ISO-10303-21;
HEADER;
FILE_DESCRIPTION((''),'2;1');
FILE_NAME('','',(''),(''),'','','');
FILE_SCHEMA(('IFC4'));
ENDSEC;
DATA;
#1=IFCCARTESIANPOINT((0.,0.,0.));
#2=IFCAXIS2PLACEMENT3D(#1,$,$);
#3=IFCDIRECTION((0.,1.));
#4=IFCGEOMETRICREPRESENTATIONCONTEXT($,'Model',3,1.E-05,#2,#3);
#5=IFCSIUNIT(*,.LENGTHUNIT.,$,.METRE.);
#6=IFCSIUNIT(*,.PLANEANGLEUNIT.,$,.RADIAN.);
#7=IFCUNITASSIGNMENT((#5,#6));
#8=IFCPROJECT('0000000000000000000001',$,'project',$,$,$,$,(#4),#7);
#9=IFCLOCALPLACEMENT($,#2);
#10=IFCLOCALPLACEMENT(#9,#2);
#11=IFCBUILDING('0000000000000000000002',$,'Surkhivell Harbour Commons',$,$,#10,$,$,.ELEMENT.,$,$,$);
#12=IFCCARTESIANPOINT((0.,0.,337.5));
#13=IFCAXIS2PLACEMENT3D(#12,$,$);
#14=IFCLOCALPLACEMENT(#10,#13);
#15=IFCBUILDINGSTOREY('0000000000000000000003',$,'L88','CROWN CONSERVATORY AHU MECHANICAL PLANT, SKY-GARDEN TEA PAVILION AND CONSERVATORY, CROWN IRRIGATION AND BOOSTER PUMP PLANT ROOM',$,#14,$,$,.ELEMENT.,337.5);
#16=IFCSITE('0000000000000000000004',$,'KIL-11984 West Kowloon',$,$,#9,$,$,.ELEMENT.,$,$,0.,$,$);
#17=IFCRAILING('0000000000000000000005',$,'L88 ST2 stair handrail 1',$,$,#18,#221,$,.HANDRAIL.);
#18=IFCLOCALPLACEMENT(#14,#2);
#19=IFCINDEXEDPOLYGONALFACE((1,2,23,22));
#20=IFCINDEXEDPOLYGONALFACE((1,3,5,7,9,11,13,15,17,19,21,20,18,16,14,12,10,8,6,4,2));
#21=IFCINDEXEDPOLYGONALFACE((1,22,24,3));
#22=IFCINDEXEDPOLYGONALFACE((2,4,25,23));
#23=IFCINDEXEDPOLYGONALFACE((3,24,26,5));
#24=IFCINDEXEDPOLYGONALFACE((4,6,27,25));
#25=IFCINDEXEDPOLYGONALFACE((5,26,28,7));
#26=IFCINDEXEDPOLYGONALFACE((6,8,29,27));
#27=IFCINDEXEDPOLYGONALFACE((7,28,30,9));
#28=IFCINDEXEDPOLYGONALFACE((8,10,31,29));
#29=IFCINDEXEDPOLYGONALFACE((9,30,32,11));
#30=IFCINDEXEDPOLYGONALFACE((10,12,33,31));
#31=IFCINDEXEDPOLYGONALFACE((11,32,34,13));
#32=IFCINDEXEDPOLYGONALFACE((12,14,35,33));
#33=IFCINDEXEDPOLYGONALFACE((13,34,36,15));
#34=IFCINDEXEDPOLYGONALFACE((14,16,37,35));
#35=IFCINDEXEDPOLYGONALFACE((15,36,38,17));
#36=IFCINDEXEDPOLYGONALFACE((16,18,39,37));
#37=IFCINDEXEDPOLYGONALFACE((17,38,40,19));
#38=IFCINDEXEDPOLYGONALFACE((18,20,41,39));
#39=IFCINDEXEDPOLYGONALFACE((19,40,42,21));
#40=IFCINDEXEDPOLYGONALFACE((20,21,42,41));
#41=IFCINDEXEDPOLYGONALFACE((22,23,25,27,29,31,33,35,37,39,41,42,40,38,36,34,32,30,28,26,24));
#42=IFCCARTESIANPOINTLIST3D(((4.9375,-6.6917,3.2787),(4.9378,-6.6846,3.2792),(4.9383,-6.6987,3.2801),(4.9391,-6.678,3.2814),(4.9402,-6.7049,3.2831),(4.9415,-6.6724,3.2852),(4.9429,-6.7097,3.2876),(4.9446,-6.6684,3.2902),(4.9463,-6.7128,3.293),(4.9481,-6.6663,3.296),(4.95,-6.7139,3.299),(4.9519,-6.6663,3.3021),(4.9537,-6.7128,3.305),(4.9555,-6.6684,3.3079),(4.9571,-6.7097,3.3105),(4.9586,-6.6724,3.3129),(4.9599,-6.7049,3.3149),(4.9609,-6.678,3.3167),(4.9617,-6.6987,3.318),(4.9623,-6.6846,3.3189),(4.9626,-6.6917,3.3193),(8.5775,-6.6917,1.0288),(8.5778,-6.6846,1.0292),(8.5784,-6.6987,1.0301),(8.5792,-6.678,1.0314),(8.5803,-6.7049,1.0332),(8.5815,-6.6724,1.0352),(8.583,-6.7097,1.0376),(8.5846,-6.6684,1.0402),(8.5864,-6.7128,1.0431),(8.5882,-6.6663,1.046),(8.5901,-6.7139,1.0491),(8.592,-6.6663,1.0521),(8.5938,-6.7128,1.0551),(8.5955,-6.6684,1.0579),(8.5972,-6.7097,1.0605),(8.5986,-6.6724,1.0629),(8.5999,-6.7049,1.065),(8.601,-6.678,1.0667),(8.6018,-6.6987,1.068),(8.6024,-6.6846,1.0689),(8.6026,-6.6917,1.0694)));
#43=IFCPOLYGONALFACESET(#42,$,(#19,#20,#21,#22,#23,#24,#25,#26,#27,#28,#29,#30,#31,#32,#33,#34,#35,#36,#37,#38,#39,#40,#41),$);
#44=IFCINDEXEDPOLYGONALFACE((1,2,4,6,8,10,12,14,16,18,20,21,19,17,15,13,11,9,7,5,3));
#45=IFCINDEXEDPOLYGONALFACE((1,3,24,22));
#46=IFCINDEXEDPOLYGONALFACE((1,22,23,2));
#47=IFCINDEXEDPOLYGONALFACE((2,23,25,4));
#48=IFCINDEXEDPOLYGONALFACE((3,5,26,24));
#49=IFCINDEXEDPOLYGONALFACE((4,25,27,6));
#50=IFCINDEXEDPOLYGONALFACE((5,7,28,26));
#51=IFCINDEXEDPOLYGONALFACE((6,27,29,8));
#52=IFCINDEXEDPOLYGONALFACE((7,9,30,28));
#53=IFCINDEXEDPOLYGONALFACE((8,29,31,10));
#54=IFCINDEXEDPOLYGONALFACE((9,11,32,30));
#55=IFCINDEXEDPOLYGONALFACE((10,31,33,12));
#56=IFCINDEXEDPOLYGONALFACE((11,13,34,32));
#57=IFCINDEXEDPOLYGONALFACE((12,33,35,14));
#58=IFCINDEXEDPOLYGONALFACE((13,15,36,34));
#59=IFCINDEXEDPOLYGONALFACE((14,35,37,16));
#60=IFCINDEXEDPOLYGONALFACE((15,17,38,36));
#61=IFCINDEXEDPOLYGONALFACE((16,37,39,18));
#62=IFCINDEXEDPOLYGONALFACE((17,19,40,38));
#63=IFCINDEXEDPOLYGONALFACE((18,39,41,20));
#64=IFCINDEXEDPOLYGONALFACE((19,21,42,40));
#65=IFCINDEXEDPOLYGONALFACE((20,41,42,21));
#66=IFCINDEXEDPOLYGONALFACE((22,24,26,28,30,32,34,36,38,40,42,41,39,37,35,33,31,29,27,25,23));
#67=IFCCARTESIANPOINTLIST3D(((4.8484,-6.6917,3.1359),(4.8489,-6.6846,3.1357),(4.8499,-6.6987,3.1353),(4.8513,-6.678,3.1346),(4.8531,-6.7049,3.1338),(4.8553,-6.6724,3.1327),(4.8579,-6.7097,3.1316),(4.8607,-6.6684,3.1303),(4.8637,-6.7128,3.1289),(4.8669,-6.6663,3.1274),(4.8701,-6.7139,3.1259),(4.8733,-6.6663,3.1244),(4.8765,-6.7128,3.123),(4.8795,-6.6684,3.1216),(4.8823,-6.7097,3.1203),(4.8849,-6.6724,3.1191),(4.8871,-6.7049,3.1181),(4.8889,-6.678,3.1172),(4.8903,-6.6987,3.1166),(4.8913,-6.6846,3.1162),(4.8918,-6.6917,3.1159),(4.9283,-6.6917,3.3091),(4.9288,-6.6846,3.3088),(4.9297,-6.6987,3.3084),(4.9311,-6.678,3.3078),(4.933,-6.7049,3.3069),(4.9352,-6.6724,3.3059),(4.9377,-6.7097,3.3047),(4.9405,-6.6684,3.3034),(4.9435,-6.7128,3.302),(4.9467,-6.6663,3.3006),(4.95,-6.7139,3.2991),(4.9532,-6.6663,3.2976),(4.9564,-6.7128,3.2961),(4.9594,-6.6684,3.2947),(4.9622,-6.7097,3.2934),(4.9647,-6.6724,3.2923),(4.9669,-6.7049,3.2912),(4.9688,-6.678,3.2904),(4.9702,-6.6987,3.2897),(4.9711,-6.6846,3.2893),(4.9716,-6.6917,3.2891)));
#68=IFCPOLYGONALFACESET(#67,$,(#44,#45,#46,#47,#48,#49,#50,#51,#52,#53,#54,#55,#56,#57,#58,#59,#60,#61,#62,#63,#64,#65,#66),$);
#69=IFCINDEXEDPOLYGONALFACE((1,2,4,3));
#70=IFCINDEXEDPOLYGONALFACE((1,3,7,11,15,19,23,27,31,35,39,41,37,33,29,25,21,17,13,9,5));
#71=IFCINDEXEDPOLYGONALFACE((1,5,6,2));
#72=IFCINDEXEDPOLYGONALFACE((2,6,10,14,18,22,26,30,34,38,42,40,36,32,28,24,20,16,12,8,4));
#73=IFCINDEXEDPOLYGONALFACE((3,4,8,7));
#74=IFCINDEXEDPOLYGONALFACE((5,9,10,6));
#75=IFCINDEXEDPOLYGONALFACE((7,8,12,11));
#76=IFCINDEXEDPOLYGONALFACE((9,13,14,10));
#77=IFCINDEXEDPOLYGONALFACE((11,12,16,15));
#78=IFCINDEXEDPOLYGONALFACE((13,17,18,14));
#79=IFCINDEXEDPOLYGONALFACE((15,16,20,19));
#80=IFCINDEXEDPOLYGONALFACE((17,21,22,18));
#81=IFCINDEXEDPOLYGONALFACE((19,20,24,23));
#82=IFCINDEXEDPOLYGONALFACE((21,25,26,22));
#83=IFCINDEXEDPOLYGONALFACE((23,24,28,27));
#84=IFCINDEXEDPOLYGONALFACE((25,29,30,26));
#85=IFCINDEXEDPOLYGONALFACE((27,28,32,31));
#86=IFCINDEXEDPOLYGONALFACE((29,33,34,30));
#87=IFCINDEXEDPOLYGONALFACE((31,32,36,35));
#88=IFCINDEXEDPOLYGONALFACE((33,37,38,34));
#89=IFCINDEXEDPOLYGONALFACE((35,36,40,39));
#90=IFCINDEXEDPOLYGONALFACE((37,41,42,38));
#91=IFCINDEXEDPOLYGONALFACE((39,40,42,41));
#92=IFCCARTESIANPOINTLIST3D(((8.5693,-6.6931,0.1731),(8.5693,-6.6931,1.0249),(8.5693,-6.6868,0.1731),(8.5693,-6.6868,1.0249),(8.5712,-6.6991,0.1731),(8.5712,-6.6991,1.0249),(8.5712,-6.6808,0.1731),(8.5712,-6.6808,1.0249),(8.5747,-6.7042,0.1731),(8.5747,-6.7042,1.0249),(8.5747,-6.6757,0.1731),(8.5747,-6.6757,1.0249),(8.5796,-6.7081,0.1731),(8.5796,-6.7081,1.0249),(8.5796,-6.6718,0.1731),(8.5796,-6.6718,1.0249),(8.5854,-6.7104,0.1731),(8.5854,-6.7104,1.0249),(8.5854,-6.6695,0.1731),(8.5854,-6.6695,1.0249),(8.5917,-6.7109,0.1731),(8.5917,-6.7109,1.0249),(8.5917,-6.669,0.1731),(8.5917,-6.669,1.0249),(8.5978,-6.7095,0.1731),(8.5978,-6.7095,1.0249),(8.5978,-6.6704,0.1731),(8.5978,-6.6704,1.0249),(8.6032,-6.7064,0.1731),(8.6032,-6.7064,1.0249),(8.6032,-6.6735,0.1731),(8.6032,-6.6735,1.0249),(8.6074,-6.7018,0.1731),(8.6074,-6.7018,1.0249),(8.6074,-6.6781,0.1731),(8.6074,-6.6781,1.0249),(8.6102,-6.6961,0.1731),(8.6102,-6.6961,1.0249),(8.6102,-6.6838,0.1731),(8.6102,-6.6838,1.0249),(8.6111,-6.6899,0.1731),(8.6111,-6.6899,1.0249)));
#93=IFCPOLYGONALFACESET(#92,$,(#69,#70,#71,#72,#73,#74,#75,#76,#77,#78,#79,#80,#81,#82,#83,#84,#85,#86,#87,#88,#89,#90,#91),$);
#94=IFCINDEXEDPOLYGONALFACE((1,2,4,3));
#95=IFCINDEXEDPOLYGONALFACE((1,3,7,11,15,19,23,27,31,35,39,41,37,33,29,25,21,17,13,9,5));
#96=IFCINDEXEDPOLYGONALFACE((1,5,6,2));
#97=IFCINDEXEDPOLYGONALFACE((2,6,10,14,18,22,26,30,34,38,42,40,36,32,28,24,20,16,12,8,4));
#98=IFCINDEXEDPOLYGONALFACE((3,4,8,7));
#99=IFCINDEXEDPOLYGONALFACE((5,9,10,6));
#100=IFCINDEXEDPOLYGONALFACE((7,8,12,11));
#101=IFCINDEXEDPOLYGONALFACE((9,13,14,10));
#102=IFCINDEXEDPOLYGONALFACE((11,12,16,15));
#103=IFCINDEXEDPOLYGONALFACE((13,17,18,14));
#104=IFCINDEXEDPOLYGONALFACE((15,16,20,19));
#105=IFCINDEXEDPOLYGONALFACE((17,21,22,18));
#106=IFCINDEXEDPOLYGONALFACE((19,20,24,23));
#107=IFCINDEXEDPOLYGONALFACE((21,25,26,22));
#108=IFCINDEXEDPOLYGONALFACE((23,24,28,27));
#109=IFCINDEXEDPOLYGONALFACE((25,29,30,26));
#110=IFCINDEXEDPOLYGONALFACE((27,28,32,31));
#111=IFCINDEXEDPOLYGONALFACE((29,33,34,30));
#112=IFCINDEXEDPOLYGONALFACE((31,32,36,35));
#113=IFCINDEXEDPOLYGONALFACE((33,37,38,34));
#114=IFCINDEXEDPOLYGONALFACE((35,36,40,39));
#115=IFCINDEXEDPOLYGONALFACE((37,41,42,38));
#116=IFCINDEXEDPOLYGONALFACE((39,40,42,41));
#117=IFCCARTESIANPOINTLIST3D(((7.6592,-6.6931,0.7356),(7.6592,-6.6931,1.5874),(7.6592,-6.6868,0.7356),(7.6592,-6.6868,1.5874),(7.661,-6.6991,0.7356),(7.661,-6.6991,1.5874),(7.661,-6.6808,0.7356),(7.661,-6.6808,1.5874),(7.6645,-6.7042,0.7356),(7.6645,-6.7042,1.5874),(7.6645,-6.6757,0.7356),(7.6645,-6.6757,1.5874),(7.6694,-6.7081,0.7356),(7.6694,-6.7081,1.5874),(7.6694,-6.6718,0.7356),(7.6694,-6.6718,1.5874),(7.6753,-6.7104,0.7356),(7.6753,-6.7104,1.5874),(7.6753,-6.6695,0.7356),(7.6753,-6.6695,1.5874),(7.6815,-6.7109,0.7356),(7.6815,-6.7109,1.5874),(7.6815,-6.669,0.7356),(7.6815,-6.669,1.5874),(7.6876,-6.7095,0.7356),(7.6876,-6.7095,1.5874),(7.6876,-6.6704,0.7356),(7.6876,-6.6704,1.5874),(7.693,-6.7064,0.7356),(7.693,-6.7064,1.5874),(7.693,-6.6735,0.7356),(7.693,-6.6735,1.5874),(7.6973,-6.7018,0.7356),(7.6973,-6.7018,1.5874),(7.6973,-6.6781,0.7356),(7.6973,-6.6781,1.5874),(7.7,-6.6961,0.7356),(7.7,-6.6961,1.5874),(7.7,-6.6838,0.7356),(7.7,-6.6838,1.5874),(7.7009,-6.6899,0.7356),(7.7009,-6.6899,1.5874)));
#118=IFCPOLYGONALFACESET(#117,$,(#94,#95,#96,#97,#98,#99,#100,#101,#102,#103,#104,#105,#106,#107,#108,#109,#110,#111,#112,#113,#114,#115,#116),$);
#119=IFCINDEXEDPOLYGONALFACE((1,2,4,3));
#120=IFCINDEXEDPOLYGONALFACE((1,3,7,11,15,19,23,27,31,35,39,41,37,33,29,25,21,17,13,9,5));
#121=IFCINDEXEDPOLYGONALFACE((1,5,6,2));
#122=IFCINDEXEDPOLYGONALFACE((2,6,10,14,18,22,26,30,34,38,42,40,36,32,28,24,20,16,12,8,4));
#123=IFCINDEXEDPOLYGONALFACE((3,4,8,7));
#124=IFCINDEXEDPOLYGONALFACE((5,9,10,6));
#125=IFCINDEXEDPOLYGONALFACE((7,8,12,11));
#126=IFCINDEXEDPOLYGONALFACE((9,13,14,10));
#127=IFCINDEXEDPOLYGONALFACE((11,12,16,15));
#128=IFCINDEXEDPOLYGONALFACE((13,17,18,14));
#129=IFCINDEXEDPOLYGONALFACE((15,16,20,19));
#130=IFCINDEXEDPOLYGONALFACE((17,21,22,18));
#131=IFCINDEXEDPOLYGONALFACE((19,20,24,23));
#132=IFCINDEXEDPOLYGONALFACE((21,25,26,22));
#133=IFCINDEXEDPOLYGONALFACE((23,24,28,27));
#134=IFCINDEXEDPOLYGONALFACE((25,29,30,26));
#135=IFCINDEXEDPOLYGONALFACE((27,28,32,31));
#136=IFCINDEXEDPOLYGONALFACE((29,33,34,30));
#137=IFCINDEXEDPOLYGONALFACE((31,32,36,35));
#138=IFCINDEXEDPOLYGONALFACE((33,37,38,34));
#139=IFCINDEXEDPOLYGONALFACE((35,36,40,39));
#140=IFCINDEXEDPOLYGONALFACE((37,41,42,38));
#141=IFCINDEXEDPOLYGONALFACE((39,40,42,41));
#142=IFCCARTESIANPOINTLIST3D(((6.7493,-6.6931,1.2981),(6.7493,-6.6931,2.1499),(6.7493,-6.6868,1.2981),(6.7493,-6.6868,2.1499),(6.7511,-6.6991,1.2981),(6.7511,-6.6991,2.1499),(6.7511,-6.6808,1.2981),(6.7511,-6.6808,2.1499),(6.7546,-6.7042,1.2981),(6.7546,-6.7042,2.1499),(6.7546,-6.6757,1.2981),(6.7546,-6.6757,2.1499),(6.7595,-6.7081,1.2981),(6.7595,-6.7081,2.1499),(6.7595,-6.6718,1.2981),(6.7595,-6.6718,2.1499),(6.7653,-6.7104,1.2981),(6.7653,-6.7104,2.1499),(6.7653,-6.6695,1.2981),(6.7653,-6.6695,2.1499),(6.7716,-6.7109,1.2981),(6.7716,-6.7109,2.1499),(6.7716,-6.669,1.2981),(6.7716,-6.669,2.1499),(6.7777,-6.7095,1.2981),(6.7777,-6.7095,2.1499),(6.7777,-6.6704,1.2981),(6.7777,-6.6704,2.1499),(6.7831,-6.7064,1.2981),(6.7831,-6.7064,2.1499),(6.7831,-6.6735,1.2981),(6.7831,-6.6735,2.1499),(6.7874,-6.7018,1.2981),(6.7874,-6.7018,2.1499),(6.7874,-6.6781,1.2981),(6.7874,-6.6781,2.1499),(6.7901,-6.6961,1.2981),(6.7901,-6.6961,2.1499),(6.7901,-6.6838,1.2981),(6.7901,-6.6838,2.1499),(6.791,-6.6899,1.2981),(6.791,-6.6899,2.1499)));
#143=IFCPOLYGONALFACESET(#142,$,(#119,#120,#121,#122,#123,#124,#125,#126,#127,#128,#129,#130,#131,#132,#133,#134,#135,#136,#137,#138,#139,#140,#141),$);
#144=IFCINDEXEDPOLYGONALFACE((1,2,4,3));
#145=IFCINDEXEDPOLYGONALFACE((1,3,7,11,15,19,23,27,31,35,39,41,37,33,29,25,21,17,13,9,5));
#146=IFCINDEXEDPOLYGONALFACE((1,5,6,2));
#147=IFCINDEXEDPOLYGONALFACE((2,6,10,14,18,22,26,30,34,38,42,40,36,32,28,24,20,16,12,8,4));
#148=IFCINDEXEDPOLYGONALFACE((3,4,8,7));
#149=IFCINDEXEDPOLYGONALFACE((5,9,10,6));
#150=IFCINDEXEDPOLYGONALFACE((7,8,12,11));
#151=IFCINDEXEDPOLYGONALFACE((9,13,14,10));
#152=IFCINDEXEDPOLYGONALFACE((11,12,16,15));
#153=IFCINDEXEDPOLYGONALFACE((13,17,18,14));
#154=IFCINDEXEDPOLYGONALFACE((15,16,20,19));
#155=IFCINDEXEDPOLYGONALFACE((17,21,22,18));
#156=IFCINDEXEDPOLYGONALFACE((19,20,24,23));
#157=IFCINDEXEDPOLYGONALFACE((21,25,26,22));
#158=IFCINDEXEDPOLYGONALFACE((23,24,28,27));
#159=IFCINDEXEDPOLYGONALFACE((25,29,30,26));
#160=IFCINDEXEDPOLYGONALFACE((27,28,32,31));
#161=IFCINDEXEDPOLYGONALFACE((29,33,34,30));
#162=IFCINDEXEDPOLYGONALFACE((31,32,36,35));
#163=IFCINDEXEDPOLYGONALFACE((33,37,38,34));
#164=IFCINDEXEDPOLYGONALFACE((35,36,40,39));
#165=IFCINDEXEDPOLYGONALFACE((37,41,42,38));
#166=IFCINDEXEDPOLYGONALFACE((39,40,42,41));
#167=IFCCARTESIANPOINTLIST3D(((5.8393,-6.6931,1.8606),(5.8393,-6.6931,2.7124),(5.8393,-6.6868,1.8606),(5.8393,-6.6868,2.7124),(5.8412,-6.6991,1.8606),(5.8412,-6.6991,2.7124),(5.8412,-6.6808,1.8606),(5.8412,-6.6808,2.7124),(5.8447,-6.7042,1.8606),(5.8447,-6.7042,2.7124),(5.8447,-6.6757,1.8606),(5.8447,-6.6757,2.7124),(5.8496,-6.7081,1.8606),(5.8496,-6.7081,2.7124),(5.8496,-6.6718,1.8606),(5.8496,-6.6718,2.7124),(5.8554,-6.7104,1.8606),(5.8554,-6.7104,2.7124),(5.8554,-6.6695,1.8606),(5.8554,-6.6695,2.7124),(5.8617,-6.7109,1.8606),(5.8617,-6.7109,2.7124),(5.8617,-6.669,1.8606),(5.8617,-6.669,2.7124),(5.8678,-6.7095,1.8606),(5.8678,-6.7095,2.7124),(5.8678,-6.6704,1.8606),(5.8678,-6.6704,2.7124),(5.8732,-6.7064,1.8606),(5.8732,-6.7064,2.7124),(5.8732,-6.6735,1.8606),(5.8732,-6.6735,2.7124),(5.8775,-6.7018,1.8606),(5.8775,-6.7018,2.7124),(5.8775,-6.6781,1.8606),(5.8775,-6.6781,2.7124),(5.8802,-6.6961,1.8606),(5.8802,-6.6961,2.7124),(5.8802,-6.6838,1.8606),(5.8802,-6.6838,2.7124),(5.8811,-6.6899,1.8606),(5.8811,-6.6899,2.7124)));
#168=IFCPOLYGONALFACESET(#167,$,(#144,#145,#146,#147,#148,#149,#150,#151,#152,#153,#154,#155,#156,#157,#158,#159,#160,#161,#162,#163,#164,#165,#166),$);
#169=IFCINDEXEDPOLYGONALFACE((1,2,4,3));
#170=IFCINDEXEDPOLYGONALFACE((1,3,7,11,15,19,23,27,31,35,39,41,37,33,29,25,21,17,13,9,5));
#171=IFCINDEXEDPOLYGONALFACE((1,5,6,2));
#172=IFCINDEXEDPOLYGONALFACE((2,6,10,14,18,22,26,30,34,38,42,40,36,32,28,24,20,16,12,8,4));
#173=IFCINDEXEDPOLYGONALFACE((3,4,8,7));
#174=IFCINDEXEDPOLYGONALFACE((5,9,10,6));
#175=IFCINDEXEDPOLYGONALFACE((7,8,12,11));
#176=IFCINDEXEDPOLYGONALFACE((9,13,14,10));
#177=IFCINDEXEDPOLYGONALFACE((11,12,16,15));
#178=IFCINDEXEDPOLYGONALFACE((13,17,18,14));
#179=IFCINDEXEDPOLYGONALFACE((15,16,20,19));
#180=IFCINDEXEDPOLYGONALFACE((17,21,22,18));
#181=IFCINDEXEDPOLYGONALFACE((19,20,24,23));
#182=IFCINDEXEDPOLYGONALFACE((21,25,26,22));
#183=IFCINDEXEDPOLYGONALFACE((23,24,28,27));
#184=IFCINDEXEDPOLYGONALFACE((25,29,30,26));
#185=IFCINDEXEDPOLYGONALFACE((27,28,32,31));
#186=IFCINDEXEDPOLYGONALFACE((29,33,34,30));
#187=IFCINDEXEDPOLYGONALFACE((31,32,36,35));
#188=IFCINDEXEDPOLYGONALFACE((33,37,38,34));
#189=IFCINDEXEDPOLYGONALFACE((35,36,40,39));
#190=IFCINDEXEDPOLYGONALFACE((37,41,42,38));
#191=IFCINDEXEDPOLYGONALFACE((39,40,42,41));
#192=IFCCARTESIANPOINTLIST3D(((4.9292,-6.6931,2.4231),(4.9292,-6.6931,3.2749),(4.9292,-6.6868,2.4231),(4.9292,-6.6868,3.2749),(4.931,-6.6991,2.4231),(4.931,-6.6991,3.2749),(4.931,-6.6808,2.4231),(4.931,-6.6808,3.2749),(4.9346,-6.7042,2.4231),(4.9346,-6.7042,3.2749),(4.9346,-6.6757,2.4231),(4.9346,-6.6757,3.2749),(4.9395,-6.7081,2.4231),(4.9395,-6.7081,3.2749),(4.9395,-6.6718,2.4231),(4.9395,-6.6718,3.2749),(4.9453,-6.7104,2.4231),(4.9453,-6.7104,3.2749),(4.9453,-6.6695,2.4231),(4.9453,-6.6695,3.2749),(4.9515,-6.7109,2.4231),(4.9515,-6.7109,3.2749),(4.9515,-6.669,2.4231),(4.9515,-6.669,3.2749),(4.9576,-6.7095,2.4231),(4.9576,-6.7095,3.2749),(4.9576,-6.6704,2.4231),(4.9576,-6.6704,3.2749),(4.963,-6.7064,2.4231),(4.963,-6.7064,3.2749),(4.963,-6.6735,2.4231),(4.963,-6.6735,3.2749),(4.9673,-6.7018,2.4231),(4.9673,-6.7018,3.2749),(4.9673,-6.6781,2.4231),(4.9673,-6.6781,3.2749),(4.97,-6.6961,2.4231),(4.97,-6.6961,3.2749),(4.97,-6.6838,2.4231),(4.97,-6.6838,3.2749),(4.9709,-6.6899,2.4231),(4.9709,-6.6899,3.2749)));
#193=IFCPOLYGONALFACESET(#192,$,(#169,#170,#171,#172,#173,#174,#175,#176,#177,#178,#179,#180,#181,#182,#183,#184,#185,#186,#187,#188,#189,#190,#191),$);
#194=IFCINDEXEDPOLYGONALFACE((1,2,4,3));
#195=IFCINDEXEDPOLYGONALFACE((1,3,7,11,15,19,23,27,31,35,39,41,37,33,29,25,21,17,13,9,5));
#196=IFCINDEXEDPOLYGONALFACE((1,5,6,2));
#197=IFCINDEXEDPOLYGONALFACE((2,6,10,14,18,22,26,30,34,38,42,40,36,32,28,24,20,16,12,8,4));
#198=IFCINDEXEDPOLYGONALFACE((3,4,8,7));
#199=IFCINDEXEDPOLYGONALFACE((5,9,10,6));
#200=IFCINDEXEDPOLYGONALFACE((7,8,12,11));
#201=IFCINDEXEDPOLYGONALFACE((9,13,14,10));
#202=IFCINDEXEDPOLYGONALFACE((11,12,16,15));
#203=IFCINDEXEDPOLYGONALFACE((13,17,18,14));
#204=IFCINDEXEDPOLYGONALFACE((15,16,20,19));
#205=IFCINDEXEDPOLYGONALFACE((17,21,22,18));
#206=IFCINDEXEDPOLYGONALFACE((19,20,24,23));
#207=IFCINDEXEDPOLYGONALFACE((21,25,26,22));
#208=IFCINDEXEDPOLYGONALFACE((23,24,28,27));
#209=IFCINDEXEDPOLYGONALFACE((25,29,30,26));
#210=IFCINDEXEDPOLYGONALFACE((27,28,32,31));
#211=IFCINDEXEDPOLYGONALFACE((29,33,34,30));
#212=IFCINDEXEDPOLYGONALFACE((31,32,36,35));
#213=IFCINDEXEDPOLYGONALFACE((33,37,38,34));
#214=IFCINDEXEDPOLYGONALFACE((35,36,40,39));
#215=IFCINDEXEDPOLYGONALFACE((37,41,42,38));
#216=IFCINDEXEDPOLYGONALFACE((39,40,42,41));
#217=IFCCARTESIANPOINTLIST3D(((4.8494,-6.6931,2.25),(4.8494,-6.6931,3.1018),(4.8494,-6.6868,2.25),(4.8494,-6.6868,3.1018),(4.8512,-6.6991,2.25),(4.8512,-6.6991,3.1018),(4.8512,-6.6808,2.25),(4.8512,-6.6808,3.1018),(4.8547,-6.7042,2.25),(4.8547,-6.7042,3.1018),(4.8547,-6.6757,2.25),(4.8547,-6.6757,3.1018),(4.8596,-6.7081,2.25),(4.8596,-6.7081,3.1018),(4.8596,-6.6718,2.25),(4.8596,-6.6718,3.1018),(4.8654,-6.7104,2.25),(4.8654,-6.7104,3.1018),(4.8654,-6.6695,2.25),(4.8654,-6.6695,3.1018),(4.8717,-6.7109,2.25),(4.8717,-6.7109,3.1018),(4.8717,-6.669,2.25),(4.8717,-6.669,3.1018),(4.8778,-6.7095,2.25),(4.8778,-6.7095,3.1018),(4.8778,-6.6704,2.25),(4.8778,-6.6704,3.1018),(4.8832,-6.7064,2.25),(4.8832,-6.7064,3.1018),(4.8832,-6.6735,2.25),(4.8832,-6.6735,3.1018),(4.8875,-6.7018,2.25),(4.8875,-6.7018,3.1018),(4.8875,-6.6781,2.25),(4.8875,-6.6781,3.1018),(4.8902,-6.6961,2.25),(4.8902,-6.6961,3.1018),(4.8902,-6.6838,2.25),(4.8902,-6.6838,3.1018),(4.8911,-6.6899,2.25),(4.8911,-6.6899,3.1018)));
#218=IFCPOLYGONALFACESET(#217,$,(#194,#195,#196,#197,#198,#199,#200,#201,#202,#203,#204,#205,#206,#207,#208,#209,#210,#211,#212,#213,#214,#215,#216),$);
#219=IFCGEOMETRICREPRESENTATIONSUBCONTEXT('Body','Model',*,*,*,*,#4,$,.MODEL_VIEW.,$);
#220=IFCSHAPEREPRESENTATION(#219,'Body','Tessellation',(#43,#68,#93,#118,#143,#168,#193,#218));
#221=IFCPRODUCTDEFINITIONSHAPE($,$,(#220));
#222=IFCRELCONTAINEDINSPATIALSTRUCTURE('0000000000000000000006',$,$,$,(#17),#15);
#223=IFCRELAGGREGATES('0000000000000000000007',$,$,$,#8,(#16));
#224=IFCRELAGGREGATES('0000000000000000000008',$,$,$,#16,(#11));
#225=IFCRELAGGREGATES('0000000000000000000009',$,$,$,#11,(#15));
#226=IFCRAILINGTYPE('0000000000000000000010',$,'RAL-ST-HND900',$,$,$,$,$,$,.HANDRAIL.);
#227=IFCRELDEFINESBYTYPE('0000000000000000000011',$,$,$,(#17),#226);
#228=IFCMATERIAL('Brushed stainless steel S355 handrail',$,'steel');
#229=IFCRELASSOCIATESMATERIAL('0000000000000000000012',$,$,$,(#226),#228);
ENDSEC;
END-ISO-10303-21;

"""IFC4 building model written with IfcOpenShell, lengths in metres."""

from ifc_helpers import new_model, si_unit, direction, frame, origin, origin_2d, place, context, subcontext, project, spatial, circle, extrude, material, type_object, element, save


model = new_model("IFC4")

# Units and contexts
model_context = context("Model", 3, precision=1e-05, world=origin(), true_north=direction((0.0, 1.0)))
body_context = subcontext(model_context, "Body", "Model", "MODEL_VIEW")
ifc_project = project(units=[si_unit("LENGTHUNIT", "METRE"), si_unit("PLANEANGLEUNIT", "RADIAN")], contexts=[model_context])

# Site, building, storey
site_placement = place(None, origin())
site = spatial("IfcSite", under=ifc_project, at=site_placement, Name="KIL-11984 West Kowloon", CompositionType="ELEMENT", RefElevation=0.0)
building_placement = place(site_placement, origin())
building = spatial("IfcBuilding", under=site, at=building_placement, Name="Surkhivell Harbour Commons", CompositionType="ELEMENT")
storey_placement = place(building_placement, frame((0.0, 0.0, 337.5)))
storey = spatial("IfcBuildingStorey", under=building, at=storey_placement, Name="L88", Description="CROWN CONSERVATORY AHU MECHANICAL PLANT, SKY-GARDEN TEA PAVILION AND CONSERVATORY, CROWN IRRIGATION AND BOOSTER PUMP PLANT ROOM", CompositionType="ELEMENT", Elevation=337.5)

# Railing
ifc_material_1 = material(Name="Brushed stainless steel S355 handrail", Category="steel")
railing_type_1 = type_object("IfcRailingType", Name="RAL-ST-HND900", PredefinedType="HANDRAIL", material=ifc_material_1)
railing_1_placement = place(storey_placement, frame((8.5901, -6.6899, 0.1731)))
element("IfcRailing", 1, at=railing_1_placement, inside=storey, type_object=railing_type_1, Name="L88 ST2 stair handrail 1", PredefinedType="HANDRAIL", context=body_context, shape_type="SweptSolid", body=[
    extrude(circle(Radius=0.0239, at=origin_2d()), frame((0.0, 0.0, 0.876), z_axis=(-0.850622, 0.0, 0.525777), x_axis=(0.0, -1.0, 0.0)), (0.0, 0.0, 1.0), 4.2793),
    extrude(circle(Radius=0.0239, at=origin_2d()), frame((-3.6401, 0.0, 3.126), z_axis=(-0.418815, 0.0, -0.908072), x_axis=(0.0, -1.0, 0.0)), (0.0, 0.0, 1.0), 0.1907),
    extrude(circle(Radius=0.021, at=origin_2d()), origin(), (0.0, 0.0, 1.0), 0.8518),
    extrude(circle(Radius=0.021, at=origin_2d()), frame((-0.9102, 0.0, 0.5625)), (0.0, 0.0, 1.0), 0.8518),
    extrude(circle(Radius=0.021, at=origin_2d()), frame((-1.8201, 0.0, 1.125)), (0.0, 0.0, 1.0), 0.8518),
    extrude(circle(Radius=0.021, at=origin_2d()), frame((-2.73, 0.0, 1.6875)), (0.0, 0.0, 1.0), 0.8518),
    extrude(circle(Radius=0.021, at=origin_2d()), frame((-3.6401, 0.0, 2.25)), (0.0, 0.0, 1.0), 0.8518),
    extrude(circle(Radius=0.021, at=origin_2d()), frame((-3.72, 0.0, 2.0769)), (0.0, 0.0, 1.0), 0.8518),
])

save(model, "model.ifc")
